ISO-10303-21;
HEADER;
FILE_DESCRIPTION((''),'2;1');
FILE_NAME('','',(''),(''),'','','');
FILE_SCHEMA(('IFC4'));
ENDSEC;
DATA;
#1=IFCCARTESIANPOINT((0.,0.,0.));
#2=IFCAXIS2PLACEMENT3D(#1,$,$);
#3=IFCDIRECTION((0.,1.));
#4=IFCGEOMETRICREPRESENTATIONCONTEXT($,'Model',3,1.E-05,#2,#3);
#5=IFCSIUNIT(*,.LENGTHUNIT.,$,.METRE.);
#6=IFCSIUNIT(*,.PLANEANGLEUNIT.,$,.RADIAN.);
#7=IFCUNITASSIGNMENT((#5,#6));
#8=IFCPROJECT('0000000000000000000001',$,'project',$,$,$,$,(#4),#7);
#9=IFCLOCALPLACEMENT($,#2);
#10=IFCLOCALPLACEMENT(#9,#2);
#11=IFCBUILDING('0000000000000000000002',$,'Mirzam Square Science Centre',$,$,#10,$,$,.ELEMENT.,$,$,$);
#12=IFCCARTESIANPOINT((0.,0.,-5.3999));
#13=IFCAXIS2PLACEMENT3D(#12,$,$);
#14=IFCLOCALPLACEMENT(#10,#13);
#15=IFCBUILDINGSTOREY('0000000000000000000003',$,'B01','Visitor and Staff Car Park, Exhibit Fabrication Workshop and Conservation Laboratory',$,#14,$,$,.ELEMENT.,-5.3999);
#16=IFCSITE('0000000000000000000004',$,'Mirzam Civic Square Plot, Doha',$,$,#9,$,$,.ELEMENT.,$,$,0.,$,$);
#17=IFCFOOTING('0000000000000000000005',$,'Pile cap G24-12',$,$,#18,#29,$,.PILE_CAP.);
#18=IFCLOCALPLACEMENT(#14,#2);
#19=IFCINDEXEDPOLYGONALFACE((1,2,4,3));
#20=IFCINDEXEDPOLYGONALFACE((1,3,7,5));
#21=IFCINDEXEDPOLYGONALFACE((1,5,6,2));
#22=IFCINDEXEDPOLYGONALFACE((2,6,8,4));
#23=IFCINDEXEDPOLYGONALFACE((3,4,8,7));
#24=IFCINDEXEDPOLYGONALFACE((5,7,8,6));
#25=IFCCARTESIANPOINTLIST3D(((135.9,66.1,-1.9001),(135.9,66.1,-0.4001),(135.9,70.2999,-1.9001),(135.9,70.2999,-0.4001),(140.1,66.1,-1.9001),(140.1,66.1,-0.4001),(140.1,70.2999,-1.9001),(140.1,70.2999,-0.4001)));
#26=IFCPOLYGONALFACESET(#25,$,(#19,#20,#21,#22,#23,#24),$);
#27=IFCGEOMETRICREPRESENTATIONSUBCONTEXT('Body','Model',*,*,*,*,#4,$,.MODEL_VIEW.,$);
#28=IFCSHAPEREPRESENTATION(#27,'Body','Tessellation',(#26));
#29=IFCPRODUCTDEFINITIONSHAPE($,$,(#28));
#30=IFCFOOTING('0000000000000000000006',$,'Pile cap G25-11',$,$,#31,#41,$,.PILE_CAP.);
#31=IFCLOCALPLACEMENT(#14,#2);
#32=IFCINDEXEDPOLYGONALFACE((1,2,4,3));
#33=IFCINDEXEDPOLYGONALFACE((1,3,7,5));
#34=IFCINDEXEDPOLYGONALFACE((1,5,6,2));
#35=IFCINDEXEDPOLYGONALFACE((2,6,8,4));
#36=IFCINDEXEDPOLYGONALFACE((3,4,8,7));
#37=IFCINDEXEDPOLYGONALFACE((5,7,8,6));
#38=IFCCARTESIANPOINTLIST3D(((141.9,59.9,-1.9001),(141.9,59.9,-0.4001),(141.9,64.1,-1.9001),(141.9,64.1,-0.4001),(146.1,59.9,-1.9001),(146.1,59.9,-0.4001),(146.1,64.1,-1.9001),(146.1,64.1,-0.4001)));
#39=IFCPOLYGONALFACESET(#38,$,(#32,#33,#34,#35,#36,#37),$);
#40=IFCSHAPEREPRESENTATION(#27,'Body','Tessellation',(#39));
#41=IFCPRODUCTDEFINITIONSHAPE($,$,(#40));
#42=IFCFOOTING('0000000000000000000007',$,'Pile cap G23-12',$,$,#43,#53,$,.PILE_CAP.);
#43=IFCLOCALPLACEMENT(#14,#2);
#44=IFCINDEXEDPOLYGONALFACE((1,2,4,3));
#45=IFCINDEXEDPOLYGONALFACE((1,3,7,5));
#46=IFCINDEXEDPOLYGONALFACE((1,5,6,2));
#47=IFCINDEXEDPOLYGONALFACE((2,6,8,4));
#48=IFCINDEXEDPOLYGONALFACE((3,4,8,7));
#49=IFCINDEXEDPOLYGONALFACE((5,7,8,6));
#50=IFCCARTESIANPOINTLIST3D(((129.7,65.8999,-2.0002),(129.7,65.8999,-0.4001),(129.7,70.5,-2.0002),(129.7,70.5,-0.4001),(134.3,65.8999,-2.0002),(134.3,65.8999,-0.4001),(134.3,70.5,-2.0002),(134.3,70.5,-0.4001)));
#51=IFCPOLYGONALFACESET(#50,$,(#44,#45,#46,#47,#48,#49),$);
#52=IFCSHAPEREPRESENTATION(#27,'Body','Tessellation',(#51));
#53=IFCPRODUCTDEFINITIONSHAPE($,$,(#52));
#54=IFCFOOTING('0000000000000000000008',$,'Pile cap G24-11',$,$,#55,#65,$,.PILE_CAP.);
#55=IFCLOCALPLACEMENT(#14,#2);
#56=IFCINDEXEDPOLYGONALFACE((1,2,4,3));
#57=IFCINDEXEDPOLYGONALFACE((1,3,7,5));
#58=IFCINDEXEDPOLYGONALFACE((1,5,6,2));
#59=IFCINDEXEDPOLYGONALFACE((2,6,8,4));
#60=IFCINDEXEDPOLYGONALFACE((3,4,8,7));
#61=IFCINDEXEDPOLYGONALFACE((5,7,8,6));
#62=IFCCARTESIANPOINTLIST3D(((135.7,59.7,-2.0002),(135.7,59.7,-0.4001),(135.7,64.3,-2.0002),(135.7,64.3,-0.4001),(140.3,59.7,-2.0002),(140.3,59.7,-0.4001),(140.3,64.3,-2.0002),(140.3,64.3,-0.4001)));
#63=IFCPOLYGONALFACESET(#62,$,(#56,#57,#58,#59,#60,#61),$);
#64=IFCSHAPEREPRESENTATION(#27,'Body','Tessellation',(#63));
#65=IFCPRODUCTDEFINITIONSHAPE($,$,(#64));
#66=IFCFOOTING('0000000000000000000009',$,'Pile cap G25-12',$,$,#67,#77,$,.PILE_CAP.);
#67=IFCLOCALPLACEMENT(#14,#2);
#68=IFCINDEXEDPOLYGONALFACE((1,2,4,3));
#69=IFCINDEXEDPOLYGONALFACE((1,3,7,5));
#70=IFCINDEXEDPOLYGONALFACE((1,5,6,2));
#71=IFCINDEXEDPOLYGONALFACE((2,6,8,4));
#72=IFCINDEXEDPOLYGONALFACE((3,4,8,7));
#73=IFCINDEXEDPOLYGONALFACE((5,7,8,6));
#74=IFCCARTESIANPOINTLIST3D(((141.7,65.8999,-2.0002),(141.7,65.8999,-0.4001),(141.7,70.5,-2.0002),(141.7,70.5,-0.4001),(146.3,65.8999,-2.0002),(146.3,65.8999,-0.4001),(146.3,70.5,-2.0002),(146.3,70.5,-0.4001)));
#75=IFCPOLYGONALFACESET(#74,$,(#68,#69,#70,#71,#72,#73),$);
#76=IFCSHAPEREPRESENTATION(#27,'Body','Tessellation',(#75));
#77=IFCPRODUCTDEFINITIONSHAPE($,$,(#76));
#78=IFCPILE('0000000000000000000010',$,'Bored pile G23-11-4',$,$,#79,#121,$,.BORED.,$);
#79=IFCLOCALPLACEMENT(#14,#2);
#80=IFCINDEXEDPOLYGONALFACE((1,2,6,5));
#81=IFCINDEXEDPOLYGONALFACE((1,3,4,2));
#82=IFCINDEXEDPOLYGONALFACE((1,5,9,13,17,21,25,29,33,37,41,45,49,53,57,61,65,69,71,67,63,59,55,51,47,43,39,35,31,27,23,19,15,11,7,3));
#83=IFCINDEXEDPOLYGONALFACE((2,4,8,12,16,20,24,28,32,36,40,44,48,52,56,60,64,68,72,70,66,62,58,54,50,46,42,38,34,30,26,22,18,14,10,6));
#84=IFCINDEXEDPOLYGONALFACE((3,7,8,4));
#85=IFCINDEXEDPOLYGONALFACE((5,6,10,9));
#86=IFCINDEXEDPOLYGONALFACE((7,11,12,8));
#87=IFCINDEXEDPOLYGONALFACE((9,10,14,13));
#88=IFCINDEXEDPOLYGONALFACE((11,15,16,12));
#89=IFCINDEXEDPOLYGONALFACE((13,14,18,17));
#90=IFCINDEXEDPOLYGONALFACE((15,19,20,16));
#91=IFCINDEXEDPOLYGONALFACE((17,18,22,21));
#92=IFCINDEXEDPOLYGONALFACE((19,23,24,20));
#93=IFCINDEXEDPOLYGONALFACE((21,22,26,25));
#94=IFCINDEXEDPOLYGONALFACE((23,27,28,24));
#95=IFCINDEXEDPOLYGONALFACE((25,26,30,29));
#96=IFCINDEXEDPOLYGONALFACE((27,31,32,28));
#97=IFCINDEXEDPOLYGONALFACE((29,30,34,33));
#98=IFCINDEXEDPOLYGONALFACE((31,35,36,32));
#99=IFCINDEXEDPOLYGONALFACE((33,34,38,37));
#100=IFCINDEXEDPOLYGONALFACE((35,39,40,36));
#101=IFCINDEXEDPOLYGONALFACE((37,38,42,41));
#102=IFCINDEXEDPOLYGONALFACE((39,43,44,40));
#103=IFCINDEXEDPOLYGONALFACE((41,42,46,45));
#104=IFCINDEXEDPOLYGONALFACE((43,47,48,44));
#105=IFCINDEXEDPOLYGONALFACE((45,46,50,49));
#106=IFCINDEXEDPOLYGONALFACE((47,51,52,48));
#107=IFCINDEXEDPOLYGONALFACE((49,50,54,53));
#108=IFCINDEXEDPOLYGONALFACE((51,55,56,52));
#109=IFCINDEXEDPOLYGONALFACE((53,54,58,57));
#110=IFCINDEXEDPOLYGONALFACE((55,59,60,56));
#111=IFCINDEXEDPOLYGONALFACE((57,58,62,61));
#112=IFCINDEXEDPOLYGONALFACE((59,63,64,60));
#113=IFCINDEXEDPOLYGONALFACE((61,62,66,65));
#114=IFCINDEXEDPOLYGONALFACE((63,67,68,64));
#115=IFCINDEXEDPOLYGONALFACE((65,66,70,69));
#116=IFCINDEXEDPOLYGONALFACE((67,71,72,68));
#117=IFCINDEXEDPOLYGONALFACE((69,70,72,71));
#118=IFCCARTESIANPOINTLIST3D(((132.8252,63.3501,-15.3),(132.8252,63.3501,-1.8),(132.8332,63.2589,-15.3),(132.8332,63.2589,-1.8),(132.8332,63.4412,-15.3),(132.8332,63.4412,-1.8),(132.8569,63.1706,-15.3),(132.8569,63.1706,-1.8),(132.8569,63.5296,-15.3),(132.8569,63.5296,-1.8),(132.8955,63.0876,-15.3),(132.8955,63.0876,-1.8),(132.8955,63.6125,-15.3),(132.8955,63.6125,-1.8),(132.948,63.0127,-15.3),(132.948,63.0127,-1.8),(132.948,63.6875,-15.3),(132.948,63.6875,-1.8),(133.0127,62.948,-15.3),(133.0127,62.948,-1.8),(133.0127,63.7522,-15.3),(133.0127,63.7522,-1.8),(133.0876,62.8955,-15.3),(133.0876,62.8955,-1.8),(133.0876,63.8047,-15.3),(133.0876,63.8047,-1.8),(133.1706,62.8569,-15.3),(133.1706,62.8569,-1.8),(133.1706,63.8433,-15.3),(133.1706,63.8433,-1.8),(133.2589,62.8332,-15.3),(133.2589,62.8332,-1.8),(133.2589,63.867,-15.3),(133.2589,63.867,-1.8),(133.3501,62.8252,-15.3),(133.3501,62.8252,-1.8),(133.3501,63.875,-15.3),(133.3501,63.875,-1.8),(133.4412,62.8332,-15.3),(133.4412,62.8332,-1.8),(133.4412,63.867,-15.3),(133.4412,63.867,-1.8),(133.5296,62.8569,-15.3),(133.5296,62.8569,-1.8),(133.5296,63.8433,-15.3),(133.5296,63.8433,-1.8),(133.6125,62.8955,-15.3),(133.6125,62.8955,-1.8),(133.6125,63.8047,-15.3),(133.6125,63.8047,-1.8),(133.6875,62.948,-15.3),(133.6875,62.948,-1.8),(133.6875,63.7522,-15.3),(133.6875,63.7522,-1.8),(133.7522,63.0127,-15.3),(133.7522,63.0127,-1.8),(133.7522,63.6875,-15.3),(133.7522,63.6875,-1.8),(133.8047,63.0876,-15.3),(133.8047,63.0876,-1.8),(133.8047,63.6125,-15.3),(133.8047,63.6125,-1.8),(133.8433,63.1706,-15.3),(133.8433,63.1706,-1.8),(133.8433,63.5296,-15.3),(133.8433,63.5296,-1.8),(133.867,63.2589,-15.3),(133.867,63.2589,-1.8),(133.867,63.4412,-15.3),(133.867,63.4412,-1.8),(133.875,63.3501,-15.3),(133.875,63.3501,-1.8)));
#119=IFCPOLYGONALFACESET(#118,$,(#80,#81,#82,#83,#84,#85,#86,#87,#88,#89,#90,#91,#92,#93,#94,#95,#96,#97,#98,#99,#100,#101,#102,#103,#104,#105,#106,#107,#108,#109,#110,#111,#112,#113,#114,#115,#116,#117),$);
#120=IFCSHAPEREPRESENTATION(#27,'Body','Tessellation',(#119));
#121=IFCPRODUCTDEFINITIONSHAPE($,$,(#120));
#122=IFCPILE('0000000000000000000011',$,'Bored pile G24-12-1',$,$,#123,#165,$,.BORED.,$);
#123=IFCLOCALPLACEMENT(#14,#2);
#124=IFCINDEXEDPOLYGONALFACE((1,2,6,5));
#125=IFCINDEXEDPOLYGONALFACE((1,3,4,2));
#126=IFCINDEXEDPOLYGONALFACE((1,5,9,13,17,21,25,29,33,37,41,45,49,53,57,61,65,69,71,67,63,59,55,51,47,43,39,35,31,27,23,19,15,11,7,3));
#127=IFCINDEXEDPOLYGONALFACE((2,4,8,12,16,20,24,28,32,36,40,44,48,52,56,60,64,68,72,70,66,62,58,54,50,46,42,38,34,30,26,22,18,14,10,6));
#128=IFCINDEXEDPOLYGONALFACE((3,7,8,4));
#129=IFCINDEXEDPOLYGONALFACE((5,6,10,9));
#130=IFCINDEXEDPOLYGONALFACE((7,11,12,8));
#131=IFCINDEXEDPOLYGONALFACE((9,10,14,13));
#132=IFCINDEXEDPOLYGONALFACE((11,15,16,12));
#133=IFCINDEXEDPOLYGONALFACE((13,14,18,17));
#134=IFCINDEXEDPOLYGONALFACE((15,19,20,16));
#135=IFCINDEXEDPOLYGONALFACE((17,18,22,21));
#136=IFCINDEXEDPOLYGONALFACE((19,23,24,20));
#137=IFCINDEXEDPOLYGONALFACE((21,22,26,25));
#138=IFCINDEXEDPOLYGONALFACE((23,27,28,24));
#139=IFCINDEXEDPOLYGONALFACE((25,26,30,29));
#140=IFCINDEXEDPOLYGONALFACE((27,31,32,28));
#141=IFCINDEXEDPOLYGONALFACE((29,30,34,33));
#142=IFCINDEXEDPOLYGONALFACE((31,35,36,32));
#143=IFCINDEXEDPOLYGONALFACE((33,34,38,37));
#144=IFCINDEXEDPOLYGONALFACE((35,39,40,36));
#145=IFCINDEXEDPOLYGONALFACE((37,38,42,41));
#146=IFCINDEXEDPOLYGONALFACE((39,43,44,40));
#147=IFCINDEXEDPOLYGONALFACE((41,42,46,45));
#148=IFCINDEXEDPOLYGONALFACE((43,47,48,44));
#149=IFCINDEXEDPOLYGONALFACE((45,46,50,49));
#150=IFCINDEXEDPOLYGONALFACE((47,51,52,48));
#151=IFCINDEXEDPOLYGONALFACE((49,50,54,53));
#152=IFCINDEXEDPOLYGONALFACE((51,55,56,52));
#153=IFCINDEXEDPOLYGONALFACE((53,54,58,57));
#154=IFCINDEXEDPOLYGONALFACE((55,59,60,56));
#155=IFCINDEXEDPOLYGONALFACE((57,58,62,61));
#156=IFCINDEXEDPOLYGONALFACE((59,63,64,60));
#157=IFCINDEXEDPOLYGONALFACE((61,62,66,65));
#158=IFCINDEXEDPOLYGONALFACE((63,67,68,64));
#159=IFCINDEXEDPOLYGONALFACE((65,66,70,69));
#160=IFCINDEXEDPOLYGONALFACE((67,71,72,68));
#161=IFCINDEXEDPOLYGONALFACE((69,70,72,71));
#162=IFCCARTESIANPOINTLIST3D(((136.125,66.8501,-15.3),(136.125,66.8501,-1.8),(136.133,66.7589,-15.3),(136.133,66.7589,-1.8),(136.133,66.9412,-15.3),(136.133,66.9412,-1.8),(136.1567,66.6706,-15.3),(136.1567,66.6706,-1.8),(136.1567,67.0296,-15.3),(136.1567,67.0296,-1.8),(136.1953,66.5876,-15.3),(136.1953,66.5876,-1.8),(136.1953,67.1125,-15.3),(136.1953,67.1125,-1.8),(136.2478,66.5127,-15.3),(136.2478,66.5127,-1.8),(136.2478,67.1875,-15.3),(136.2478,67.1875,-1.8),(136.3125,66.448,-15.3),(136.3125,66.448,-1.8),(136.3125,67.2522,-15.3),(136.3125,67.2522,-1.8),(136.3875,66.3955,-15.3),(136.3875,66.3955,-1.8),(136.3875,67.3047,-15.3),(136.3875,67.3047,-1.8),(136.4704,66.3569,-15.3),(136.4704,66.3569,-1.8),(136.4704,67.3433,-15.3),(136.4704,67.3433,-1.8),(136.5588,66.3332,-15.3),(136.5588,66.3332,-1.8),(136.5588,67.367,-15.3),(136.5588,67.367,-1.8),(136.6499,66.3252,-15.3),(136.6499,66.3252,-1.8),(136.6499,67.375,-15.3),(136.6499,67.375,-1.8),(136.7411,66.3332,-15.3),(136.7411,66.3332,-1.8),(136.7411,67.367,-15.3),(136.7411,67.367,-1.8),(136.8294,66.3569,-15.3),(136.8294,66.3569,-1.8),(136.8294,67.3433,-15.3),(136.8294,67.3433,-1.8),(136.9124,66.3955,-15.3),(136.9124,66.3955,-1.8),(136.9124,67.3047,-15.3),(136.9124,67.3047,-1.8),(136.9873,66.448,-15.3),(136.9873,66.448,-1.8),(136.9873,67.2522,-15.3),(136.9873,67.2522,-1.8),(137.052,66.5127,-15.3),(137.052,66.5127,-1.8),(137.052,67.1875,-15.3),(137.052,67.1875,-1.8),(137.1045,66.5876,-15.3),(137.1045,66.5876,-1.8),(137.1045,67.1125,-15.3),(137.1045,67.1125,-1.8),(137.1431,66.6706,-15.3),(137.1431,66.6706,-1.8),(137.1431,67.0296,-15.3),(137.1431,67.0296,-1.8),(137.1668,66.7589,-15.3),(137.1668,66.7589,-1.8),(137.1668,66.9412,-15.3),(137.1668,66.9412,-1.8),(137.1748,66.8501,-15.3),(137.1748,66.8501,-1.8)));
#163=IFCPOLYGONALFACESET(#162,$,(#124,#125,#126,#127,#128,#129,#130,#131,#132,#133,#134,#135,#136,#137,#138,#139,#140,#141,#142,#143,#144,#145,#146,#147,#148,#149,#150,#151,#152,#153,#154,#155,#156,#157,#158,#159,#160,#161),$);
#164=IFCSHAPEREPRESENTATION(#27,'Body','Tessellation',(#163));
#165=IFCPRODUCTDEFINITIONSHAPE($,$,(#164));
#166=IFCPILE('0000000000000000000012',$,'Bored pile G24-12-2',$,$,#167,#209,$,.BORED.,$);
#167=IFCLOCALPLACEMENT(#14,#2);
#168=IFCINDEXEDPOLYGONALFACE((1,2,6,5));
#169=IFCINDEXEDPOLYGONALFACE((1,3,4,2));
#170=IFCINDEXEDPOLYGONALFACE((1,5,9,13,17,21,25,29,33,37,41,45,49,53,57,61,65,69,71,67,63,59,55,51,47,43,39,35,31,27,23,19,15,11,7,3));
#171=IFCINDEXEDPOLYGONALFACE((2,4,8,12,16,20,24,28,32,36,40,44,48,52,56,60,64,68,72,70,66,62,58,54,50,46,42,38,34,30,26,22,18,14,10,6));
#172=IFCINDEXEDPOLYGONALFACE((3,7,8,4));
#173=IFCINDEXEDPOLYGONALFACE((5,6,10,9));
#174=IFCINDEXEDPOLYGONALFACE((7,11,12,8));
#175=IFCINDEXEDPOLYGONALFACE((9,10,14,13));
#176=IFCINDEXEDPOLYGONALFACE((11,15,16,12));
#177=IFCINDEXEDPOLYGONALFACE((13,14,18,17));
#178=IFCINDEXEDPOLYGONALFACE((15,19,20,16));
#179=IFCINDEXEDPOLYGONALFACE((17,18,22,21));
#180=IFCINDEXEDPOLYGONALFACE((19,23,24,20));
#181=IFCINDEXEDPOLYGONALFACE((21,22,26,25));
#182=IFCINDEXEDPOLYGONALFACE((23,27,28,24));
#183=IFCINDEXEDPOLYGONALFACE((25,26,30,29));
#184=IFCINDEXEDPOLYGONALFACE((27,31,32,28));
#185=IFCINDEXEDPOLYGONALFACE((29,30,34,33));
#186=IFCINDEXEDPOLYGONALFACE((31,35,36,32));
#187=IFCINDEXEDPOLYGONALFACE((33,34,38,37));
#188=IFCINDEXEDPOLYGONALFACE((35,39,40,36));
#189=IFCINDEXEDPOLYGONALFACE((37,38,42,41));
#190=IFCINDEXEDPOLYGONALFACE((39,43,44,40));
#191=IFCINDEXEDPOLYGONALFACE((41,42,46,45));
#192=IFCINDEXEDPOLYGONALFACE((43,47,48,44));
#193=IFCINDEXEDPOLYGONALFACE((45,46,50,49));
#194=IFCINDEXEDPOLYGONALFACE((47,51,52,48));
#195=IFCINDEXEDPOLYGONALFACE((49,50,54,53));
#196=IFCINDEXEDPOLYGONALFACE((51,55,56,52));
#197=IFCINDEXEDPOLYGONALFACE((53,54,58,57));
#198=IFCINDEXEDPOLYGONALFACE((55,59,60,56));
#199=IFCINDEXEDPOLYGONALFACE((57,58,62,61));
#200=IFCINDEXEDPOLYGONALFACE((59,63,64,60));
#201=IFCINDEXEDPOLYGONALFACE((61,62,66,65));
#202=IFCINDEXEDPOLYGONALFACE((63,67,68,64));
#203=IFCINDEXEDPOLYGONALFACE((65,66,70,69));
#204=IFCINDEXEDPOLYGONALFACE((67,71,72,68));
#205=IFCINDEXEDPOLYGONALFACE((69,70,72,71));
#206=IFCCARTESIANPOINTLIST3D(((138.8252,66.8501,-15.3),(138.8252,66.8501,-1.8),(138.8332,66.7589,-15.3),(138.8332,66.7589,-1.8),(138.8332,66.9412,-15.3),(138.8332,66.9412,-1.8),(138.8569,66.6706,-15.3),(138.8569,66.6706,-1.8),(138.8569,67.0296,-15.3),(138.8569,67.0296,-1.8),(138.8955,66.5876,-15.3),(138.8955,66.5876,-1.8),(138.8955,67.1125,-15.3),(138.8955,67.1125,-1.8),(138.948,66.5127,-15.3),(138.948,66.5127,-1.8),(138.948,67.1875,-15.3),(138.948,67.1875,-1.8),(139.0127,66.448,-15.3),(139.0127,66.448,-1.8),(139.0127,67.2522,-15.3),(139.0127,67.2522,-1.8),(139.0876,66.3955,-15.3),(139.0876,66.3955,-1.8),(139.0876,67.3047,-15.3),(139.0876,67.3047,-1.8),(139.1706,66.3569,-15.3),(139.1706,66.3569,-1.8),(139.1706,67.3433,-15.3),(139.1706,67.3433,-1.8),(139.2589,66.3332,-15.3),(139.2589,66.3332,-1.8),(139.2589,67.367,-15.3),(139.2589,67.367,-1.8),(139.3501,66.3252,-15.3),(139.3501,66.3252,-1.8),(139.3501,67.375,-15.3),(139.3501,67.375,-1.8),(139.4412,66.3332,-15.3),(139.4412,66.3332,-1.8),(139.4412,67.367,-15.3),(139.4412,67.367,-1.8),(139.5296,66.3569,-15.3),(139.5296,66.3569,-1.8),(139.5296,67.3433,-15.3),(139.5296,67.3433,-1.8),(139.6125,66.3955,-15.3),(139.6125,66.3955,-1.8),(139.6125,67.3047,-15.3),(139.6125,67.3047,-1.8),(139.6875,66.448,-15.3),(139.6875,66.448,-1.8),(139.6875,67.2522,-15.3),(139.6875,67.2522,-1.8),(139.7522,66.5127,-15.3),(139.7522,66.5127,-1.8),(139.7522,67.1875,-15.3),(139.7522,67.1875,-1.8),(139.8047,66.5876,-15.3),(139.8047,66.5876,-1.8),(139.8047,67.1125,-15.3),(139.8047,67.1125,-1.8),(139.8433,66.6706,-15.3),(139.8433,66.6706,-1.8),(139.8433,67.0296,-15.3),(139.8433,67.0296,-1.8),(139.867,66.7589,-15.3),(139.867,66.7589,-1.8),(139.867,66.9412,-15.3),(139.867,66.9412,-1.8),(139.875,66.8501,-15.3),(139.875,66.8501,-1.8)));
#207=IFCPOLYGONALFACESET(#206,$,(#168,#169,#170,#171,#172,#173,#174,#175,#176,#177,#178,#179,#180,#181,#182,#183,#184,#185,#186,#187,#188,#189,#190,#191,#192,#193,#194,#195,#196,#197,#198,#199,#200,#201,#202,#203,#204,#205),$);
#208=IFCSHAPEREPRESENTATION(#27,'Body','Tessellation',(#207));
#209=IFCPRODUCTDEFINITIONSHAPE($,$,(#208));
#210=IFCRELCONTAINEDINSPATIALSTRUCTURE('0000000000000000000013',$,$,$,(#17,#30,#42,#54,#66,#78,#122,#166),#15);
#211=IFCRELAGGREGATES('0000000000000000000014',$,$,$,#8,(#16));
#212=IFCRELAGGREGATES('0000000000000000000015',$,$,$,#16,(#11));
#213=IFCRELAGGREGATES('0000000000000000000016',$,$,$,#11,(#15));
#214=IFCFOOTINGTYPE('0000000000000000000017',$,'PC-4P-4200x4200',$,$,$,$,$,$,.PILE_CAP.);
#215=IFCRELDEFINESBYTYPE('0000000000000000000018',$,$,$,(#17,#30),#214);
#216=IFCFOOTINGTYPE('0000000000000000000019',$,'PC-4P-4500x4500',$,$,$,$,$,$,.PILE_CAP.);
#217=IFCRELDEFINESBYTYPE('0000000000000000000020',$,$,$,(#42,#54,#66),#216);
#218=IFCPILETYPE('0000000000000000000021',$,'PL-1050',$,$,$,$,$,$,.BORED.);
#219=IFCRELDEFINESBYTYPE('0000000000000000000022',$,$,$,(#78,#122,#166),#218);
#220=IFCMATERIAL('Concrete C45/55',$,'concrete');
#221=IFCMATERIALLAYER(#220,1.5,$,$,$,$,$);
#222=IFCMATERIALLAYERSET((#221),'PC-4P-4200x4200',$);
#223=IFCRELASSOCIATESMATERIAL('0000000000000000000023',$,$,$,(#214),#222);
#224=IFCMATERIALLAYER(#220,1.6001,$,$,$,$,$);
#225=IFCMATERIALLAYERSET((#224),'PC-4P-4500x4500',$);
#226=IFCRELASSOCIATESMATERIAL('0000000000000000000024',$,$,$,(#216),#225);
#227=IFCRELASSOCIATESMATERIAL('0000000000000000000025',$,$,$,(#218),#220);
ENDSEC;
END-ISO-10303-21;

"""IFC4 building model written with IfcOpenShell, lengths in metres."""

from ifc_helpers import new_model, si_unit, direction, frame, origin, origin_2d, place, context, subcontext, project, spatial, rectangle, circle, extrude, material, layer, layer_set, material_profile, profile_set, type_object, element, save


model = new_model("IFC4")

# Units and contexts
model_context = context("Model", 3, precision=1e-05, world=origin(), true_north=direction((0.0, 1.0)))
body_context = subcontext(model_context, "Body", "Model", "MODEL_VIEW")
ifc_project = project(units=[si_unit("LENGTHUNIT", "METRE"), si_unit("PLANEANGLEUNIT", "RADIAN")], contexts=[model_context])

# Site, building, storey
site_placement = place(None, origin())
site = spatial("IfcSite", under=ifc_project, at=site_placement, Name="Mirzam Civic Square Plot, Doha", CompositionType="ELEMENT", RefElevation=0.0)
building_placement = place(site_placement, origin())
building = spatial("IfcBuilding", under=site, at=building_placement, Name="Mirzam Square Science Centre", CompositionType="ELEMENT")
storey_placement = place(building_placement, frame((0.0, 0.0, -5.3999)))
storey = spatial("IfcBuildingStorey", under=building, at=storey_placement, Name="B01", Description="Visitor and Staff Car Park, Exhibit Fabrication Workshop and Conservation Laboratory", CompositionType="ELEMENT", Elevation=-5.3999)

# Footings
ifc_material_1 = material(Name="Concrete C45/55", Category="concrete")
ifc_layer_1 = layer(ifc_material_1, 1.5)
ifc_layer_set_1 = layer_set([ifc_layer_1], Name="PC-4P-4200x4200")
footing_type_1 = type_object("IfcFootingType", Name="PC-4P-4200x4200", PredefinedType="PILE_CAP", material=ifc_layer_set_1)
for number, where, z_axis, x_axis, name in (
    (1, (138.0, 68.2, -1.9001), (0.0, 0.0, 1.0), (1.0, 0.0, 0.0), "Pile cap G24-12"),
    (2, (144.0, 62.0, -1.9001), (0.0, 0.0, 1.0), (1.0, 0.0, 0.0), "Pile cap G25-11"),
):
    element("IfcFooting", number, at=place(storey_placement, frame(where, z_axis=z_axis, x_axis=x_axis)), inside=storey, type_object=footing_type_1, Name=name, PredefinedType="PILE_CAP", context=body_context, shape_type="SweptSolid", body=[
        extrude(rectangle(XDim=4.2, YDim=4.2, at=origin_2d()), origin(), (0.0, 0.0, 1.0), 1.5),
    ])
ifc_layer_2 = layer(ifc_material_1, 1.6001)
ifc_layer_set_2 = layer_set([ifc_layer_2], Name="PC-4P-4500x4500")
footing_type_2 = type_object("IfcFootingType", Name="PC-4P-4500x4500", PredefinedType="PILE_CAP", material=ifc_layer_set_2)
for number, where, z_axis, x_axis, name in (
    (3, (132.0, 68.2, -2.0002), (0.0, 0.0, 1.0), (1.0, 0.0, 0.0), "Pile cap G23-12"),
    (4, (138.0, 62.0, -2.0002), (0.0, 0.0, 1.0), (1.0, 0.0, 0.0), "Pile cap G24-11"),
    (5, (144.0, 68.2, -2.0002), (0.0, 0.0, 1.0), (1.0, 0.0, 0.0), "Pile cap G25-12"),
):
    element("IfcFooting", number, at=place(storey_placement, frame(where, z_axis=z_axis, x_axis=x_axis)), inside=storey, type_object=footing_type_2, Name=name, PredefinedType="PILE_CAP", context=body_context, shape_type="SweptSolid", body=[
        extrude(rectangle(XDim=4.6001, YDim=4.6001, at=origin_2d()), origin(), (0.0, 0.0, 1.0), 1.6001),
    ])

# Piles
ifc_material_profile_1 = material_profile(ifc_material_1, circle(Radius=0.5249, at=origin_2d()), Name="PILE-D1050")
ifc_profile_set_1 = profile_set([ifc_material_profile_1], Name="Concrete C45/55")
pile_type_1 = type_object("IfcPileType", Name="PL-1050", PredefinedType="BORED", material=ifc_profile_set_1)
for number, where, z_axis, x_axis, name in (
    (6, (133.3501, 63.3501, -1.8), (0.0, 0.0, -1.0), (1.0, 0.0, 0.0), "Bored pile G23-11-4"),
    (7, (136.6499, 66.8501, -1.8), (0.0, 0.0, -1.0), (1.0, 0.0, 0.0), "Bored pile G24-12-1"),
    (8, (139.3501, 66.8501, -1.8), (0.0, 0.0, -1.0), (1.0, 0.0, 0.0), "Bored pile G24-12-2"),
):
    element("IfcPile", number, at=place(storey_placement, frame(where, z_axis=z_axis, x_axis=x_axis)), inside=storey, type_object=pile_type_1, Name=name, PredefinedType="BORED", context=body_context, shape_type="SweptSolid", body=[
        extrude(circle(Radius=0.5249, at=origin_2d()), origin(), (0.0, 0.0, 1.0), 13.5),
    ])

save(model, "model.ifc")
